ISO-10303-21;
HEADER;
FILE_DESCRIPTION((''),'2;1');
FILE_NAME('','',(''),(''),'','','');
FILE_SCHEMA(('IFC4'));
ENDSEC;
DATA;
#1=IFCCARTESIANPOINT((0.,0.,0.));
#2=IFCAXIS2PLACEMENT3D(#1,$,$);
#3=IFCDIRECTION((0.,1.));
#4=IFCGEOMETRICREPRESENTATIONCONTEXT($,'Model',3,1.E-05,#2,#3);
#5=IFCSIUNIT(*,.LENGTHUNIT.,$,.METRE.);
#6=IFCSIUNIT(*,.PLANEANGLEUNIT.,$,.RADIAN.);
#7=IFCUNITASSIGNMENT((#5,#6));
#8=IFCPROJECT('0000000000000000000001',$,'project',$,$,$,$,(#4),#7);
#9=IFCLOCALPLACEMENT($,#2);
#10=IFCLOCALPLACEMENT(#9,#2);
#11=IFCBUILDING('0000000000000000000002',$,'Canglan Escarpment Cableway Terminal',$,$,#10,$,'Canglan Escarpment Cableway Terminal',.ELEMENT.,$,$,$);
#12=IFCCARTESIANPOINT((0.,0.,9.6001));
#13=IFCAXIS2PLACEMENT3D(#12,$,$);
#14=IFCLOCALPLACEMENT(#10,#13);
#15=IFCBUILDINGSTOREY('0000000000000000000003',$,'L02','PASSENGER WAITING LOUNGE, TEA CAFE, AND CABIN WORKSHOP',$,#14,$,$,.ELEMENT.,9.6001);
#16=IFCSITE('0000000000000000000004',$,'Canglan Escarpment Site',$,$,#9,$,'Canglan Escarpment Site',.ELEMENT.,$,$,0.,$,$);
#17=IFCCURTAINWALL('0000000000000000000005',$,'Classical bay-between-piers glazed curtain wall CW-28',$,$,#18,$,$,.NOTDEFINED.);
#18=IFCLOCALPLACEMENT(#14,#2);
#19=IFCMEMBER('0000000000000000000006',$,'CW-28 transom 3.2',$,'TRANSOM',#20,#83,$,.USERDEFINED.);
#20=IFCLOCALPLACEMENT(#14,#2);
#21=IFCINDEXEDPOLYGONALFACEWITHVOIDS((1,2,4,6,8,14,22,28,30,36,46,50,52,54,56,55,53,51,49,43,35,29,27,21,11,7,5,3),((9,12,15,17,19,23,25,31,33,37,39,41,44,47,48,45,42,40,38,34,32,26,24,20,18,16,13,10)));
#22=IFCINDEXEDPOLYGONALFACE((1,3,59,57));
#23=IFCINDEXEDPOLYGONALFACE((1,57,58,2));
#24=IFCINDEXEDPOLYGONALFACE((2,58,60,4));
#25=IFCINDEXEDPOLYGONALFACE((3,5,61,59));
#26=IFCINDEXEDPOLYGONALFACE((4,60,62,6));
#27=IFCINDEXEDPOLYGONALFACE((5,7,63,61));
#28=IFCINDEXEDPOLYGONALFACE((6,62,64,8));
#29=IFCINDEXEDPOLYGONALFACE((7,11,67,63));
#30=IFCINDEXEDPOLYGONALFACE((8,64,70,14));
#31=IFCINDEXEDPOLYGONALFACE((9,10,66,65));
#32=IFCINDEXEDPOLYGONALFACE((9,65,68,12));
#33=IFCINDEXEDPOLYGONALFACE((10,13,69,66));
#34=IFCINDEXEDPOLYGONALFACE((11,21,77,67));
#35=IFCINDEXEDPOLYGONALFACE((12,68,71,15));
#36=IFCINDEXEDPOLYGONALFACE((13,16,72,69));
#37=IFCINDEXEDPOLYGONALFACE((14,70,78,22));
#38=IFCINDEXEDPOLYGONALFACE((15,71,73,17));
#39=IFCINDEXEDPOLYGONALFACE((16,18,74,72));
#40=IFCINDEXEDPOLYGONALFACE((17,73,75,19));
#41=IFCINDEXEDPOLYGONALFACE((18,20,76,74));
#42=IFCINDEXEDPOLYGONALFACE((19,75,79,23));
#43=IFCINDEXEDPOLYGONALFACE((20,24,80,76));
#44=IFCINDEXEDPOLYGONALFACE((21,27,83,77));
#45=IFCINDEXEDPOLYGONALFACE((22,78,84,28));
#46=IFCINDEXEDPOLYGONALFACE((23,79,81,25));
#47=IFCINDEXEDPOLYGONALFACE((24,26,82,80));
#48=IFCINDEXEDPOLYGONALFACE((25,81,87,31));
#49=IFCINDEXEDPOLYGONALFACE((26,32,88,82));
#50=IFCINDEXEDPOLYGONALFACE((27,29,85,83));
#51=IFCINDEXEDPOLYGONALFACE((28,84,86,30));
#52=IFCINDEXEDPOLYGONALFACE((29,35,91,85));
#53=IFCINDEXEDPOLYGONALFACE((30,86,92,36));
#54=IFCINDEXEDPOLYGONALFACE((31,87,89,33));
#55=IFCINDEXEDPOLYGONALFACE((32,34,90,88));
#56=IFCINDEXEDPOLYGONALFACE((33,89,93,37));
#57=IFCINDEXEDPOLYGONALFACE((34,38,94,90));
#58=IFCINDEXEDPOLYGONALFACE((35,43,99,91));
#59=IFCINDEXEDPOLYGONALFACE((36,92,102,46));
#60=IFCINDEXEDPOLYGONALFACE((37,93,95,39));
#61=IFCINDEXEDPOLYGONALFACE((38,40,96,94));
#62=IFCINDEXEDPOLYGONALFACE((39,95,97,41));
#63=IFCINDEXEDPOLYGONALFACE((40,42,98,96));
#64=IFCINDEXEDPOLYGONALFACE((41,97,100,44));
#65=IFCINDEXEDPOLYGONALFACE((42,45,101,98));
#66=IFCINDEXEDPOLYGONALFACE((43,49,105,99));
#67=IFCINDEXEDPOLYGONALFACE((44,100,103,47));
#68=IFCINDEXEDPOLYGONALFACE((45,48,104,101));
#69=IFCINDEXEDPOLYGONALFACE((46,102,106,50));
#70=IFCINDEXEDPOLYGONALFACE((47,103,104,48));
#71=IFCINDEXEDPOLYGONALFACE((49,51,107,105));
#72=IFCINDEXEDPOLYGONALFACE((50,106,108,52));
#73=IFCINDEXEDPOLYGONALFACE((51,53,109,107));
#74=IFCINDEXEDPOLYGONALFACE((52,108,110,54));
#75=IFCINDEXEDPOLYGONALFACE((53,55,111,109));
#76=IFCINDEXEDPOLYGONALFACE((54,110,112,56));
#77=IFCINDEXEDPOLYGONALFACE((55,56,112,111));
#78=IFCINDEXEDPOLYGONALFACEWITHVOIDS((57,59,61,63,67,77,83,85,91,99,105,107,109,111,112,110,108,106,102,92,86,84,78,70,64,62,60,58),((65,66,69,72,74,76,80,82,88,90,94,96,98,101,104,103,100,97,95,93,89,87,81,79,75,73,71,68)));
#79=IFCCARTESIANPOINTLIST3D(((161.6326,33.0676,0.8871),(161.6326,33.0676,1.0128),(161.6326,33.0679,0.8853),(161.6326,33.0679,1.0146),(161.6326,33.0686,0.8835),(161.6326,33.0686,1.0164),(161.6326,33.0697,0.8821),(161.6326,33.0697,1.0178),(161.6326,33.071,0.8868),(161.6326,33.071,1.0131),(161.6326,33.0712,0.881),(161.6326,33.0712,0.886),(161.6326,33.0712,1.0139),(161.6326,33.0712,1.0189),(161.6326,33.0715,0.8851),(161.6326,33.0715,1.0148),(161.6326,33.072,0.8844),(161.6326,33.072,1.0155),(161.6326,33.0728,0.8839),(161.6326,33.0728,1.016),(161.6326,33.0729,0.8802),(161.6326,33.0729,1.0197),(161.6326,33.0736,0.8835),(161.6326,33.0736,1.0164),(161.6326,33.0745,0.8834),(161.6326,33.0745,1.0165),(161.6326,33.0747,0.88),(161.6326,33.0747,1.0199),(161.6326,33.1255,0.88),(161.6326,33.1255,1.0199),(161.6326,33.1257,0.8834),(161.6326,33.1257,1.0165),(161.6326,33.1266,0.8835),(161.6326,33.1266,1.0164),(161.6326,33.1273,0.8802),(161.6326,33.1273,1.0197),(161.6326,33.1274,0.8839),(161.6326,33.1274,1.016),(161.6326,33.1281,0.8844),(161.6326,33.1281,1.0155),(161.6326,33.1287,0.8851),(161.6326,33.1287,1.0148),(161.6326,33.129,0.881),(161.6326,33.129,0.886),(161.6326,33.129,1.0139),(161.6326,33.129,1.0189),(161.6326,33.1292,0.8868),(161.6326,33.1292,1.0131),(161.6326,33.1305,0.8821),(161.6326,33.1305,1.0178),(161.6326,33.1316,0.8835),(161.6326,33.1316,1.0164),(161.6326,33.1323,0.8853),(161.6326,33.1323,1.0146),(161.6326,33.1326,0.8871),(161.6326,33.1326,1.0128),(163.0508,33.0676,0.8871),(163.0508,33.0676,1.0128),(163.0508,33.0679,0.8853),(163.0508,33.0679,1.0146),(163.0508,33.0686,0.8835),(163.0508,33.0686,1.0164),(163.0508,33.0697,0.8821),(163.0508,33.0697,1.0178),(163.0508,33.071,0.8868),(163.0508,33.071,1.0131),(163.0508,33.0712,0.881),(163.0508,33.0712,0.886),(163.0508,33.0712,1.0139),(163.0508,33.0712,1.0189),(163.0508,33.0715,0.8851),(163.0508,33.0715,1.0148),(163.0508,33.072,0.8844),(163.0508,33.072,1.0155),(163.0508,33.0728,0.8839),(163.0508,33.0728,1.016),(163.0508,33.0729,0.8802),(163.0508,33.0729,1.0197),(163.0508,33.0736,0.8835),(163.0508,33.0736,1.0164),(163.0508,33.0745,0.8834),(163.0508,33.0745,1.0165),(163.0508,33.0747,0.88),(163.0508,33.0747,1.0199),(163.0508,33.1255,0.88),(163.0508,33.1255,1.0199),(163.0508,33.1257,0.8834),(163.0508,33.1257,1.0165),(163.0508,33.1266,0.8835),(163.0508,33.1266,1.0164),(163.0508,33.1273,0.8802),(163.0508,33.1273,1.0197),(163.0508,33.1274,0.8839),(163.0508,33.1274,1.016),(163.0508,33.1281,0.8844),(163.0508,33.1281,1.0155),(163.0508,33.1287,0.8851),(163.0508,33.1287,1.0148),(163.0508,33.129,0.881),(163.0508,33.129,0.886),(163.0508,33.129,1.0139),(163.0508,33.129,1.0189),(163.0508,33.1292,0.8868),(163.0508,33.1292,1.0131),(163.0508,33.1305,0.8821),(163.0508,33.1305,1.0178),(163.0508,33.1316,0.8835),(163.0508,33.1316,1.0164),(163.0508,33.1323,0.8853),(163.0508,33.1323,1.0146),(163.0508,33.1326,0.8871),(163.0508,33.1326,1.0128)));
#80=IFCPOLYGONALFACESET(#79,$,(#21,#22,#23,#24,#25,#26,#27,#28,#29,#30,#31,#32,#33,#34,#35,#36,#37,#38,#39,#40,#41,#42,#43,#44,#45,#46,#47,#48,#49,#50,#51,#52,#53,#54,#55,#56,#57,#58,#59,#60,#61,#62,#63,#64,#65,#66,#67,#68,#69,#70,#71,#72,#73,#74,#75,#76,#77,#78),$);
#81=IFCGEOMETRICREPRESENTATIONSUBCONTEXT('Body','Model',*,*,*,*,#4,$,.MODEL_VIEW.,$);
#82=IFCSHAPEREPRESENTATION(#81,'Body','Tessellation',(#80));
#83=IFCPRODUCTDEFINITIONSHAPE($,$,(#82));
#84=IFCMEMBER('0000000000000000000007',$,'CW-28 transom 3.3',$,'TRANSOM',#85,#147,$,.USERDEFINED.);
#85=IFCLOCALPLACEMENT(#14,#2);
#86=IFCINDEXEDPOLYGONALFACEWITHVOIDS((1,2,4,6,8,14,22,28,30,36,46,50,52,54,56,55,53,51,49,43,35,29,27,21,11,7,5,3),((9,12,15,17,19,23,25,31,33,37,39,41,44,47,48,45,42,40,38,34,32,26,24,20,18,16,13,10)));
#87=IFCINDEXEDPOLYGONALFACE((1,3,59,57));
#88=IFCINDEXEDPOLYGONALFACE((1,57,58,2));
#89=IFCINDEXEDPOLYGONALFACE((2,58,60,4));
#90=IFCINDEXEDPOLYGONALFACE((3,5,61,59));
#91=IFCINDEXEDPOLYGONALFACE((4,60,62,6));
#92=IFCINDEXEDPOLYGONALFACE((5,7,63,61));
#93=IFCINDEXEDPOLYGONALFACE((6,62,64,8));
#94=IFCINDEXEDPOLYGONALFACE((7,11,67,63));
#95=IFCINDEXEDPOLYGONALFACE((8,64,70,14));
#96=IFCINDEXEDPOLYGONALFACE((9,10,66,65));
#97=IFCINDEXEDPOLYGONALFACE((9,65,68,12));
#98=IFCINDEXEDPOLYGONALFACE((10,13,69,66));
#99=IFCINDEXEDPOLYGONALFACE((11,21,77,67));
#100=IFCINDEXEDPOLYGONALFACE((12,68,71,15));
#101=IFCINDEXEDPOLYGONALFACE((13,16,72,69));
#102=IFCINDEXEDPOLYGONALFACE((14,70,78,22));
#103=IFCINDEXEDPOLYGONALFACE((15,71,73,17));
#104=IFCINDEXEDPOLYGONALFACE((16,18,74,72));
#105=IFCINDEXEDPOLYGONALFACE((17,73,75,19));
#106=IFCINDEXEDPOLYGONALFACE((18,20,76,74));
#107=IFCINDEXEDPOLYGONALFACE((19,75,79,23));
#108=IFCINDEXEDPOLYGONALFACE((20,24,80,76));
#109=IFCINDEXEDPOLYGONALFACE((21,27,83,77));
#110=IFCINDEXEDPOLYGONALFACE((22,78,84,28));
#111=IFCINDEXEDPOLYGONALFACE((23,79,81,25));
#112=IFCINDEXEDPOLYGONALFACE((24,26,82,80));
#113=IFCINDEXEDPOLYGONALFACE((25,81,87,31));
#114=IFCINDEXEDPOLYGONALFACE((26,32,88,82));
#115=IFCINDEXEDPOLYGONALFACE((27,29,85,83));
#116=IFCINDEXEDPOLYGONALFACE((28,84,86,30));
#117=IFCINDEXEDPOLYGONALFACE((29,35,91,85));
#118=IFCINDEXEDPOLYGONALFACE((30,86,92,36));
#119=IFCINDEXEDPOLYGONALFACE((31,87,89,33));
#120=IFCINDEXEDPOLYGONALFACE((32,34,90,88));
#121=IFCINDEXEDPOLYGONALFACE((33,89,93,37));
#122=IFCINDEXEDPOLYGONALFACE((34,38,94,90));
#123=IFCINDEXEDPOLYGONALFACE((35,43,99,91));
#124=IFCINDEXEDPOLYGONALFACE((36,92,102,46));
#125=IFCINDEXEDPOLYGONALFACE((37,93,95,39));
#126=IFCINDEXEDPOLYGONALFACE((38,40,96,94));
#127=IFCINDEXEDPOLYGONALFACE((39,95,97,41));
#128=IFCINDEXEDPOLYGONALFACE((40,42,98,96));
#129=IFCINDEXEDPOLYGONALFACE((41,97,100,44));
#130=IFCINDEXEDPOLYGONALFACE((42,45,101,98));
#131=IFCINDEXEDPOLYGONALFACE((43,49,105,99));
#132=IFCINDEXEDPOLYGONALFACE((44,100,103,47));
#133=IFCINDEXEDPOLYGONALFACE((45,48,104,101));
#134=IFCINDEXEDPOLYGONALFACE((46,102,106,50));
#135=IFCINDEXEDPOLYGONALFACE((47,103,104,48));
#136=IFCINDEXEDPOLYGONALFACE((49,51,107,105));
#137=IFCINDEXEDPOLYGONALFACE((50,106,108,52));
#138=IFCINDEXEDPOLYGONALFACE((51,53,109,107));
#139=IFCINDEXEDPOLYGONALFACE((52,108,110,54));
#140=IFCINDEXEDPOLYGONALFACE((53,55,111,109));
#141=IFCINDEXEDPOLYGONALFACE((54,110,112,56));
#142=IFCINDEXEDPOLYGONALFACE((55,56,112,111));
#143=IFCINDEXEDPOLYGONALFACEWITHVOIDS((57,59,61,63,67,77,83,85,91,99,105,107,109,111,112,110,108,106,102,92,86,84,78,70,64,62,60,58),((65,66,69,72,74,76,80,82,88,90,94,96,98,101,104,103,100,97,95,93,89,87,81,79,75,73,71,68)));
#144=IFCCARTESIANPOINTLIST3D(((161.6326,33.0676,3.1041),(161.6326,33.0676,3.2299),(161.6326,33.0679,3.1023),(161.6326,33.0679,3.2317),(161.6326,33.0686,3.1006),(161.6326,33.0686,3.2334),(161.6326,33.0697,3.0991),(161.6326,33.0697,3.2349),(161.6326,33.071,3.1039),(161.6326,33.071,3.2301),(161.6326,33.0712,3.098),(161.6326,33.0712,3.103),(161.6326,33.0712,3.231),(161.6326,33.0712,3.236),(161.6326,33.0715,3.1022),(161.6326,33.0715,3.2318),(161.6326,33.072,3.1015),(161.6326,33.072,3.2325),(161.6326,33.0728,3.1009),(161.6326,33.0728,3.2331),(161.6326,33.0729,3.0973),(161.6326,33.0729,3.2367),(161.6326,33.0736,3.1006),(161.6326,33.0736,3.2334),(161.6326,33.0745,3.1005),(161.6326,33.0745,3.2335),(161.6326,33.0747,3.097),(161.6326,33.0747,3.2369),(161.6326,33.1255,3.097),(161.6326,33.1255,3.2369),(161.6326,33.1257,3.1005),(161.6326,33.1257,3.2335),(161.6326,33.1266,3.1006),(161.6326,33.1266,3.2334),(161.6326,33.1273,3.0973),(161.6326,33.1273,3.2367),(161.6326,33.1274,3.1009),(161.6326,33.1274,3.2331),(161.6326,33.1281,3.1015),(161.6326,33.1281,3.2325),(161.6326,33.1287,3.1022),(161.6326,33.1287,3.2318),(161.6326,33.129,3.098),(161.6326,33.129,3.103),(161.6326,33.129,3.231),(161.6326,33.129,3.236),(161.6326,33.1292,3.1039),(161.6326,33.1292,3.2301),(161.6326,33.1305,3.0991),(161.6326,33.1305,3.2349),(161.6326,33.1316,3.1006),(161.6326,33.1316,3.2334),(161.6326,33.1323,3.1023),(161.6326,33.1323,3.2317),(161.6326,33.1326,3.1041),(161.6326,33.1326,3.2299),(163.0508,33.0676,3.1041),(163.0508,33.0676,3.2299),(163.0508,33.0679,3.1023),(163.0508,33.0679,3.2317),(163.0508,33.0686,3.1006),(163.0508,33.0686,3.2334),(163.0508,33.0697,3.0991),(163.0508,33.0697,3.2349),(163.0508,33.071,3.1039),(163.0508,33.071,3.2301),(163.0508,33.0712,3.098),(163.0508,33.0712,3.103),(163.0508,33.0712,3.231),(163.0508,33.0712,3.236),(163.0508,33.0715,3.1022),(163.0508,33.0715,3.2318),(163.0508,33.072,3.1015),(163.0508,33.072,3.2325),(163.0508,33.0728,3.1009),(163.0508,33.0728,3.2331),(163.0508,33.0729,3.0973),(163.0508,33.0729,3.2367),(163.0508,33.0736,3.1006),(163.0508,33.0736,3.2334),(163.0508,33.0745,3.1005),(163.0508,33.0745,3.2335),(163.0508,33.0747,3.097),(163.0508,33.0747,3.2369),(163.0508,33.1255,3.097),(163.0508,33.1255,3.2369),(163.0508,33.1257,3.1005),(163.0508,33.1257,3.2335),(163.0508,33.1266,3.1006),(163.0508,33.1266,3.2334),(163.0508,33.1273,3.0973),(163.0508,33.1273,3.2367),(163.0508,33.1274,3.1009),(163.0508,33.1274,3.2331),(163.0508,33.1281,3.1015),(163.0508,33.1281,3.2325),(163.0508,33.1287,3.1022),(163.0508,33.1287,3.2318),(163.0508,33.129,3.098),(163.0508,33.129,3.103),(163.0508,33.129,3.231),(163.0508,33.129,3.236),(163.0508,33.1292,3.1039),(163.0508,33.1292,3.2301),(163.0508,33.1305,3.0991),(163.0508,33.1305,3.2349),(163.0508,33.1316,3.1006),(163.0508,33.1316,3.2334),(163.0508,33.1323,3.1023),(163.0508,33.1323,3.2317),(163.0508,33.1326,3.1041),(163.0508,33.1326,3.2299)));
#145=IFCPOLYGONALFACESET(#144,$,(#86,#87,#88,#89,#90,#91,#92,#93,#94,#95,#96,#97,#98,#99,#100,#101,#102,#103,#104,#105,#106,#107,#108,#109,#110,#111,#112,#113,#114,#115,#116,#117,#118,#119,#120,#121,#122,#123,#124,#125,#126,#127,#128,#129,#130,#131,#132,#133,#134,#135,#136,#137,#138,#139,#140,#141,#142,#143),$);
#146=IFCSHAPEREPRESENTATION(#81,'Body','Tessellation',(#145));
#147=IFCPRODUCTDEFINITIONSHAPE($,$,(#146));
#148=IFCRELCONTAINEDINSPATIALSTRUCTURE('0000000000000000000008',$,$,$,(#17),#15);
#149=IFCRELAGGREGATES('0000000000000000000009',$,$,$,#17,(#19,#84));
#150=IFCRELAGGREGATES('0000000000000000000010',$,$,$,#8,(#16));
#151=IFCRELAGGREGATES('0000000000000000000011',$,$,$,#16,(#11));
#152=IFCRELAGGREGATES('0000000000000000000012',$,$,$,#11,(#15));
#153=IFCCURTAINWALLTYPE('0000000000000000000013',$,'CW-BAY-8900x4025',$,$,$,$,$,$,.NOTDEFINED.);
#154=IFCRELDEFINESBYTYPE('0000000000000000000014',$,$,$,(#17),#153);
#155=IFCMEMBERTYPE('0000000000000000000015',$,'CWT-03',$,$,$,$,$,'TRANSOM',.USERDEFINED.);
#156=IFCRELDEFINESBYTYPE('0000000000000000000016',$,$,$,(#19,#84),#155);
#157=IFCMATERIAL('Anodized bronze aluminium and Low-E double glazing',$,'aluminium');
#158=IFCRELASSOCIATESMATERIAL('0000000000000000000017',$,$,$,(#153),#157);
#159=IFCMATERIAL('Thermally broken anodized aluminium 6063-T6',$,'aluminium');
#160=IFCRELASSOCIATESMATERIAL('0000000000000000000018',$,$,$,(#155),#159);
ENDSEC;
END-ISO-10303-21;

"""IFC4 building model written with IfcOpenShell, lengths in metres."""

from ifc_helpers import new_model, si_unit, direction, frame, origin, origin_2d, place, context, subcontext, project, spatial, hollow_rectangle, extrude, material, material_profile, profile_set, type_object, element, aggregate, save


model = new_model("IFC4")

# Units and contexts
model_context = context("Model", 3, precision=1e-05, world=origin(), true_north=direction((0.0, 1.0)))
body_context = subcontext(model_context, "Body", "Model", "MODEL_VIEW")
ifc_project = project(units=[si_unit("LENGTHUNIT", "METRE"), si_unit("PLANEANGLEUNIT", "RADIAN")], contexts=[model_context])

# Site, building, storey
site_placement = place(None, origin())
site = spatial("IfcSite", under=ifc_project, at=site_placement, Name="Canglan Escarpment Site", LongName="Canglan Escarpment Site", CompositionType="ELEMENT", RefElevation=0.0)
building_placement = place(site_placement, origin())
building = spatial("IfcBuilding", under=site, at=building_placement, Name="Canglan Escarpment Cableway Terminal", LongName="Canglan Escarpment Cableway Terminal", CompositionType="ELEMENT")
storey_placement = place(building_placement, frame((0.0, 0.0, 9.6001)))
storey = spatial("IfcBuildingStorey", under=building, at=storey_placement, Name="L02", Description="PASSENGER WAITING LOUNGE, TEA CAFE, AND CABIN WORKSHOP", CompositionType="ELEMENT", Elevation=9.6001)

# Curtain wall, members
ifc_material_1 = material(Name="Anodized bronze aluminium and Low-E double glazing", Category="aluminium")
curtain_wall_type = type_object("IfcCurtainWallType", Name="CW-BAY-8900x4025", PredefinedType="NOTDEFINED", material=ifc_material_1)
curtain_wall_placement = place(storey_placement, origin())
curtain_wall = element("IfcCurtainWall", 1, at=curtain_wall_placement, inside=storey, type_object=curtain_wall_type, Name="Classical bay-between-piers glazed curtain wall CW-28", PredefinedType="NOTDEFINED")
ifc_material_2 = material(Name="Thermally broken anodized aluminium 6063-T6", Category="aluminium")
ifc_material_profile_1 = material_profile(ifc_material_2, hollow_rectangle(XDim=0.0649, YDim=0.1399, WallThickness=0.0034, InnerFilletRadius=0.0034, OuterFilletRadius=0.0071, at=origin_2d()), Name="ALU-TRAN 65x140x3.5")
ifc_profile_set_1 = profile_set([ifc_material_profile_1], Name="Thermally broken anodized aluminium 6063-T6")
member_type_1 = type_object("IfcMemberType", Name="CWT-03", ElementType="TRANSOM", PredefinedType="USERDEFINED", material=ifc_profile_set_1)
member_1_placement = place(storey_placement, frame((163.0508, 33.1001, 0.95), z_axis=(-1.0, 0.0, 0.0), x_axis=(0.0, -1.0, 0.0)))
member_1 = element("IfcMember", 2, at=member_1_placement, type_object=member_type_1, Name="CW-28 transom 3.2", ObjectType="TRANSOM", PredefinedType="USERDEFINED", context=body_context, shape_type="SweptSolid", body=[
    extrude(hollow_rectangle(XDim=0.0649, YDim=0.1399, WallThickness=0.0034, InnerFilletRadius=0.0034, OuterFilletRadius=0.0071, at=origin_2d()), origin(), (0.0, 0.0, 1.0), 1.4182),
])
member_2_placement = place(storey_placement, frame((163.0508, 33.1001, 3.167), z_axis=(-1.0, 0.0, 0.0), x_axis=(0.0, -1.0, 0.0)))
member_2 = element("IfcMember", 3, at=member_2_placement, type_object=member_type_1, Name="CW-28 transom 3.3", ObjectType="TRANSOM", PredefinedType="USERDEFINED", context=body_context, shape_type="SweptSolid", body=[
    extrude(hollow_rectangle(XDim=0.0649, YDim=0.1399, WallThickness=0.0034, InnerFilletRadius=0.0034, OuterFilletRadius=0.0071, at=origin_2d()), origin(), (0.0, 0.0, 1.0), 1.4182),
])
aggregate(curtain_wall, [member_1, member_2])

save(model, "model.ifc")
